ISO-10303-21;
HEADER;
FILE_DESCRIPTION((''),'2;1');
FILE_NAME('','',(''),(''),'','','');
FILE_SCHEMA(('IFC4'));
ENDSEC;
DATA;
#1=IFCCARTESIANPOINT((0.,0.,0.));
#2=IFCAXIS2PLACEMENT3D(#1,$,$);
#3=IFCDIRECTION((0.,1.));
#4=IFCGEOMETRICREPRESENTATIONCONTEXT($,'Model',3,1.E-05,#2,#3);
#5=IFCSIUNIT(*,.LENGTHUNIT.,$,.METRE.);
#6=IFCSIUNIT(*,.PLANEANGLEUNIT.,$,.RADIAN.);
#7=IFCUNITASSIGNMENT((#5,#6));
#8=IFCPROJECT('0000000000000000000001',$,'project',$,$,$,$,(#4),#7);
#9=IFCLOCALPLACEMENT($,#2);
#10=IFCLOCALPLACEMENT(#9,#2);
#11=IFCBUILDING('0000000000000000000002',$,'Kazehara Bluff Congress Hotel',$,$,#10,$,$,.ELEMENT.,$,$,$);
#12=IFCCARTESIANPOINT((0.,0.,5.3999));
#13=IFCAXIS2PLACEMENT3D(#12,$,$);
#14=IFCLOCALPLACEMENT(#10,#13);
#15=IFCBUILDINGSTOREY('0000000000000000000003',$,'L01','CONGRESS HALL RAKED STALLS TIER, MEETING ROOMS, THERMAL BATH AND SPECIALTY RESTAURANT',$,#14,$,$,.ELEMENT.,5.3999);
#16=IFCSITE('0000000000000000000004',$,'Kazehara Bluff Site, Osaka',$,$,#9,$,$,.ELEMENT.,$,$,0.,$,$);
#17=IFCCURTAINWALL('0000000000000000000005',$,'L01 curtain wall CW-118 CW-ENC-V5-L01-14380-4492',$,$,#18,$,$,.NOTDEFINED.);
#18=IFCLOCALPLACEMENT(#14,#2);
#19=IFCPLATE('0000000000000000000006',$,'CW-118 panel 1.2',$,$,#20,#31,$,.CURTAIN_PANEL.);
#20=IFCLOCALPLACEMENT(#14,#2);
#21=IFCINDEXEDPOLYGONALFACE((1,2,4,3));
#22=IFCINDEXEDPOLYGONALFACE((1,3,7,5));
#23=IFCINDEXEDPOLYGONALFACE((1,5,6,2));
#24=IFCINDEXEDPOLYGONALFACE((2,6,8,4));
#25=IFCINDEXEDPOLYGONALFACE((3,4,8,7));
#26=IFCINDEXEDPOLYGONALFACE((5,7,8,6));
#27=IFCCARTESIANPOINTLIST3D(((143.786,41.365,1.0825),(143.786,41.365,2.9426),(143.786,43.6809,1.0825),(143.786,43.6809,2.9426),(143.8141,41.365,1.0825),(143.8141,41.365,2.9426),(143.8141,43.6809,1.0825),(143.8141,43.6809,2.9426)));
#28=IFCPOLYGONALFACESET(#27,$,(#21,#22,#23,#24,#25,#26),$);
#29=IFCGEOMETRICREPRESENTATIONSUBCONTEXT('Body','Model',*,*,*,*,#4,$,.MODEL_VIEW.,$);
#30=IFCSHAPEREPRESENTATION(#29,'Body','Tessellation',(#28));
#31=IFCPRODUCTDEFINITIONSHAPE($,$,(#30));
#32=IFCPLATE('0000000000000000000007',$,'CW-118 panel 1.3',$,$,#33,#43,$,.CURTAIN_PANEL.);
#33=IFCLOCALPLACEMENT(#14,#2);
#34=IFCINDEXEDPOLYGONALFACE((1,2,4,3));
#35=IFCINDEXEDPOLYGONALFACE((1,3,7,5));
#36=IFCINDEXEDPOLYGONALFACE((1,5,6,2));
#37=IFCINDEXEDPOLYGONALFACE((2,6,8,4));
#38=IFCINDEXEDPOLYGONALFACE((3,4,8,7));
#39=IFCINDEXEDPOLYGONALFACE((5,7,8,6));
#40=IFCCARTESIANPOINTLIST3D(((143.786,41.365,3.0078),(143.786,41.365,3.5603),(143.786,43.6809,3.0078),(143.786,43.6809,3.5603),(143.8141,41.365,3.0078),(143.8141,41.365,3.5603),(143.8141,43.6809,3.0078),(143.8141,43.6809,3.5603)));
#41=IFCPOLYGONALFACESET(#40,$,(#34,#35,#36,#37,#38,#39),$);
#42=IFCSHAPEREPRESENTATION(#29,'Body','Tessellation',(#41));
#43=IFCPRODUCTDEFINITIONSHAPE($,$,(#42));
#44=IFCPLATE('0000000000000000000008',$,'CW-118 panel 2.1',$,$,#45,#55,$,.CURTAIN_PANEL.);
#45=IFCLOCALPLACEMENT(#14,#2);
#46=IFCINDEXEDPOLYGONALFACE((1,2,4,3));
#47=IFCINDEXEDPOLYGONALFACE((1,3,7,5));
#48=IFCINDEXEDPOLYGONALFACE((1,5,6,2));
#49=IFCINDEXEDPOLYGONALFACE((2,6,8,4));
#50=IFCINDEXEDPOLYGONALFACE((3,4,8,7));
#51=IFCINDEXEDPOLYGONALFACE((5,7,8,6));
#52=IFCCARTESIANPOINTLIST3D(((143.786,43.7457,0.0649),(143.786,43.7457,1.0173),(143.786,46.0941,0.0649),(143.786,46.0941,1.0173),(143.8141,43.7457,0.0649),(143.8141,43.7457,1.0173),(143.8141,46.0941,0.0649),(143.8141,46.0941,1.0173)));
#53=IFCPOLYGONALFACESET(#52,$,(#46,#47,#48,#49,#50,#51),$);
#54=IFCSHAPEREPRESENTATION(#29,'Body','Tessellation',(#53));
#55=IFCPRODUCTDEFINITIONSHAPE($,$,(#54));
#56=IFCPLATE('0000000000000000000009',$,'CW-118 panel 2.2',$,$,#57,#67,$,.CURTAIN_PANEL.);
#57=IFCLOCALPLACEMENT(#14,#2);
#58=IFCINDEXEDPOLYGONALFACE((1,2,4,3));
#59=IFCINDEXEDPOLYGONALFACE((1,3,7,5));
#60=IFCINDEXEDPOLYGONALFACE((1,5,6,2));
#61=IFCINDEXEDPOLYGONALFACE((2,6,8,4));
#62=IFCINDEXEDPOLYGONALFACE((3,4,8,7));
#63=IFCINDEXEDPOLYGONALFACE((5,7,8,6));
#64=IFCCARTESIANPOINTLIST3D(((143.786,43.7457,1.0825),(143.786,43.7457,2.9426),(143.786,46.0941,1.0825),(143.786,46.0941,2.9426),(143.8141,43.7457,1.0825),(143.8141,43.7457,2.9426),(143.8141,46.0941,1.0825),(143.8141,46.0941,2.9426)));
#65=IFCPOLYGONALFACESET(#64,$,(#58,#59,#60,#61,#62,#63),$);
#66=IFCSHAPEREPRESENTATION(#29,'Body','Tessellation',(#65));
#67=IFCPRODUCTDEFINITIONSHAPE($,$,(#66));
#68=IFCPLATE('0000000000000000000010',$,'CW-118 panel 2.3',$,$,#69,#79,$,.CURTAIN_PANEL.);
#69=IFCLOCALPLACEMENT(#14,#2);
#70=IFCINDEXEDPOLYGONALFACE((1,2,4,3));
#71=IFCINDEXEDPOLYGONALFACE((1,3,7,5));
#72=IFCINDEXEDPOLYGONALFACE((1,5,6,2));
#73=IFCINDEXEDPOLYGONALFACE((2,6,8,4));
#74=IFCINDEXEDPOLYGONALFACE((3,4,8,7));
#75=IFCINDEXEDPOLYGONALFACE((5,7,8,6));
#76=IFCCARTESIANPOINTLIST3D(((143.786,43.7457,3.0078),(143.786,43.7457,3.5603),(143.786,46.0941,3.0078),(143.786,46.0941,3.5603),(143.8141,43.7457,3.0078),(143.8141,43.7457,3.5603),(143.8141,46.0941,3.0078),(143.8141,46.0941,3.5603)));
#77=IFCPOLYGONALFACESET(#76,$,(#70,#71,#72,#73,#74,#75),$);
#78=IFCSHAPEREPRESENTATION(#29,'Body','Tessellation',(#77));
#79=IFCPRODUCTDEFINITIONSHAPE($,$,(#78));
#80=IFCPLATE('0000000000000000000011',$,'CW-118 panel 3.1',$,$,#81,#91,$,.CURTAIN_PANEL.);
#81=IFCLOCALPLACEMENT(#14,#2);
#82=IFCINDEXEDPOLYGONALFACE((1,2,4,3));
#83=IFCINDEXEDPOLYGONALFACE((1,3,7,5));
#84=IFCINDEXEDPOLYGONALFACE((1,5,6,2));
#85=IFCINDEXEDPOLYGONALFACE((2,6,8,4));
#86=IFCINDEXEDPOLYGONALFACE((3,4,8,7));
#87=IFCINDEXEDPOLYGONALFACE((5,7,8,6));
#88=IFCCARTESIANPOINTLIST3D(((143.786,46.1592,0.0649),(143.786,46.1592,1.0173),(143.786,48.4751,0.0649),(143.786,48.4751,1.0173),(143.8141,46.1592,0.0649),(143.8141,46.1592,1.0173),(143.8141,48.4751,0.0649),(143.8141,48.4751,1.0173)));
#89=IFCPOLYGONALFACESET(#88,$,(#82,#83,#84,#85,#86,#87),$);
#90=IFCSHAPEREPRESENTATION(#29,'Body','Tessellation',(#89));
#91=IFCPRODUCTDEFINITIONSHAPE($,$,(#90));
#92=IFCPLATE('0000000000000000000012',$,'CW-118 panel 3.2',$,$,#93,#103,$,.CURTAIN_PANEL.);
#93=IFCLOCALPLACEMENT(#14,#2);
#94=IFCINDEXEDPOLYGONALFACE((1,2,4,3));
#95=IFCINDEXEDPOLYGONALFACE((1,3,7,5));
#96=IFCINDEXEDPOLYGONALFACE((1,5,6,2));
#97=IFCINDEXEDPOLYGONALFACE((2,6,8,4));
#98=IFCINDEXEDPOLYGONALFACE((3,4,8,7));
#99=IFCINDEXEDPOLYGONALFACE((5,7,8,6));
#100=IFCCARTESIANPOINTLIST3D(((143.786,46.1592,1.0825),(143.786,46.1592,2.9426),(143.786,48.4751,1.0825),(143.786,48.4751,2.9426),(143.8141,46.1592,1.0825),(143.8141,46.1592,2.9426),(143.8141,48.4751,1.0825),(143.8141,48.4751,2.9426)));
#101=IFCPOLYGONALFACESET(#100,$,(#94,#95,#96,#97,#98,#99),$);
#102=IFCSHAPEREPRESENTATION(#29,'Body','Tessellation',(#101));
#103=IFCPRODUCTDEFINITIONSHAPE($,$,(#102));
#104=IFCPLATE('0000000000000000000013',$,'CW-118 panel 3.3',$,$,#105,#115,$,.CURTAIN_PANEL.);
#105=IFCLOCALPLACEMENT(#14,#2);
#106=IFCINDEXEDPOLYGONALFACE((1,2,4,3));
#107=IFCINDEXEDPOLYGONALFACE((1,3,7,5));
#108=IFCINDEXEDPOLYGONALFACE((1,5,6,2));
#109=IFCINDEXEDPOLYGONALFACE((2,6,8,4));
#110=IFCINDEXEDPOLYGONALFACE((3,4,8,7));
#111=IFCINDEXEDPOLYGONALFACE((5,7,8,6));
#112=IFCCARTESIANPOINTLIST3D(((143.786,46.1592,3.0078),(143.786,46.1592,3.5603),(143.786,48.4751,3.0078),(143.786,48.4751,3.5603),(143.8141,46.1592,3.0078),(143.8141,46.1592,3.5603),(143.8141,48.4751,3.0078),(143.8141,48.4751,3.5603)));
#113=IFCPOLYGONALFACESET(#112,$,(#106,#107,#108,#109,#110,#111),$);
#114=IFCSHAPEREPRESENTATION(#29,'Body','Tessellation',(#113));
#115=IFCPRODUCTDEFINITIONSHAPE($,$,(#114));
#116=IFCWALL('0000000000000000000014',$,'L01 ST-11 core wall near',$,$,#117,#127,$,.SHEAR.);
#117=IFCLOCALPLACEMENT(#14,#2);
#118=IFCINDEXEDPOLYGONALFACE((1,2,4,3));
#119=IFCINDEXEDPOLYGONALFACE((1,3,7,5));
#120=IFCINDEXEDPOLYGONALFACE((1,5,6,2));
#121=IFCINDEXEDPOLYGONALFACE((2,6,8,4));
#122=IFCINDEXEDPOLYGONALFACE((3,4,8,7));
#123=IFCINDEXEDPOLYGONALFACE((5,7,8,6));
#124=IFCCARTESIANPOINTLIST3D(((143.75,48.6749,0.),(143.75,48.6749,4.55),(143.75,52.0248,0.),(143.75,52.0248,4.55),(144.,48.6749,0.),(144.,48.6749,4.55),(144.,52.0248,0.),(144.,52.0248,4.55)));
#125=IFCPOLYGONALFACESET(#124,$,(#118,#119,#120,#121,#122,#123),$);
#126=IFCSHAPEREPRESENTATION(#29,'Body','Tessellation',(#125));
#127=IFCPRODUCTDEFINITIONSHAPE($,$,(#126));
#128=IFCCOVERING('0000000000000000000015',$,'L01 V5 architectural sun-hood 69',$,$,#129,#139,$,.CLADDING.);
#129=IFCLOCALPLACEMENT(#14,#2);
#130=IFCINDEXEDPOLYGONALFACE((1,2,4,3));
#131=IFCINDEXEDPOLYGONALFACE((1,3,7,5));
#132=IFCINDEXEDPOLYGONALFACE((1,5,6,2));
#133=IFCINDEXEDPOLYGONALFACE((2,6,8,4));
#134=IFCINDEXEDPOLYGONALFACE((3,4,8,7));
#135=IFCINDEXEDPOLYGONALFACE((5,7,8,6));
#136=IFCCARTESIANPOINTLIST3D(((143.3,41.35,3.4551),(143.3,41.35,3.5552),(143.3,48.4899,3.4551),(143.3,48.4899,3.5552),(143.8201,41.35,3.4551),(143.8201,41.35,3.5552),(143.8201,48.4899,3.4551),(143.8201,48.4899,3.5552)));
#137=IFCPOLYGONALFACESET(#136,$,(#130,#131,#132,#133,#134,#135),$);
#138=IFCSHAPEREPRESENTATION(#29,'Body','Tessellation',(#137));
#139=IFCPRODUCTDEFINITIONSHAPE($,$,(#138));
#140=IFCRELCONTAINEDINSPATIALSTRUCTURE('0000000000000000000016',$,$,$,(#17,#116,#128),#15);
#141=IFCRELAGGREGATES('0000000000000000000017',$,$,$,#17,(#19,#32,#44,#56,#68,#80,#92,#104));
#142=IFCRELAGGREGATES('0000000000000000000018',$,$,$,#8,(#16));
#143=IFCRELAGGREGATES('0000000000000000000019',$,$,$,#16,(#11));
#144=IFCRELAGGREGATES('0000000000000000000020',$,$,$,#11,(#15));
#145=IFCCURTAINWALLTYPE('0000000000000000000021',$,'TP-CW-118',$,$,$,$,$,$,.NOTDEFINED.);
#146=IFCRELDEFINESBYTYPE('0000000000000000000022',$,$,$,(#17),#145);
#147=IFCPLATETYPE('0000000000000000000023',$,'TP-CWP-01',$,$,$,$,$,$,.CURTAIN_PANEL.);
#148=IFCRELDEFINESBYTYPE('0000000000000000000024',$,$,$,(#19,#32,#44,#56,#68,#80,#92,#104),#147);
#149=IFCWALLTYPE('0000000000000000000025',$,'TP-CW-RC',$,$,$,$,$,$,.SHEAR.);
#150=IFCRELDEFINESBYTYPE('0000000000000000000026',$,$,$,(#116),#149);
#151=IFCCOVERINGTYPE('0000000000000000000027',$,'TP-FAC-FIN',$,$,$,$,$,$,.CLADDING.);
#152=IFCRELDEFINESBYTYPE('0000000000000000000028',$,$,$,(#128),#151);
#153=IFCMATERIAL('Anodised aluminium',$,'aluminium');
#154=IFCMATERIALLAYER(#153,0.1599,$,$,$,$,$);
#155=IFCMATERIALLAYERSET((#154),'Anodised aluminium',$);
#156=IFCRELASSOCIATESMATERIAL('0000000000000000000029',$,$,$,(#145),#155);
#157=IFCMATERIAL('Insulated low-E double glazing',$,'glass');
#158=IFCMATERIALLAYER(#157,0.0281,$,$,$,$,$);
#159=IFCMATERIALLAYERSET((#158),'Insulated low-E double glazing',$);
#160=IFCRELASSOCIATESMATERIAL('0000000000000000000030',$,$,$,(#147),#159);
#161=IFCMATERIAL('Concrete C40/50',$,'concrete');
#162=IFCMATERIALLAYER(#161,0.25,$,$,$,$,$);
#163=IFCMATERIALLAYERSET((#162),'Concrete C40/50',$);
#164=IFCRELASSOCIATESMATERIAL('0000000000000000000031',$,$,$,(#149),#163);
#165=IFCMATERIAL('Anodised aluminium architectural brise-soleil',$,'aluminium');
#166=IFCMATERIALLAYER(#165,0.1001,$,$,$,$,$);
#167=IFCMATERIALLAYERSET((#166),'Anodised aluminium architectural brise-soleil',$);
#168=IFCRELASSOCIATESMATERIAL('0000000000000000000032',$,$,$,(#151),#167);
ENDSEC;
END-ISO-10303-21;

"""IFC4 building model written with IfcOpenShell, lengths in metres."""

from ifc_helpers import new_model, si_unit, direction, frame, frame_2d, origin, origin_2d, place, context, subcontext, project, spatial, rectangle, extrude, material, layer, layer_set, type_object, element, aggregate, save


model = new_model("IFC4")

# Units and contexts
model_context = context("Model", 3, precision=1e-05, world=origin(), true_north=direction((0.0, 1.0)))
body_context = subcontext(model_context, "Body", "Model", "MODEL_VIEW")
ifc_project = project(units=[si_unit("LENGTHUNIT", "METRE"), si_unit("PLANEANGLEUNIT", "RADIAN")], contexts=[model_context])

# Site, building, storey
site_placement = place(None, origin())
site = spatial("IfcSite", under=ifc_project, at=site_placement, Name="Kazehara Bluff Site, Osaka", CompositionType="ELEMENT", RefElevation=0.0)
building_placement = place(site_placement, origin())
building = spatial("IfcBuilding", under=site, at=building_placement, Name="Kazehara Bluff Congress Hotel", CompositionType="ELEMENT")
storey_placement = place(building_placement, frame((0.0, 0.0, 5.3999)))
storey = spatial("IfcBuildingStorey", under=building, at=storey_placement, Name="L01", Description="CONGRESS HALL RAKED STALLS TIER, MEETING ROOMS, THERMAL BATH AND SPECIALTY RESTAURANT", CompositionType="ELEMENT", Elevation=5.3999)

# Curtain wall
ifc_material_1 = material(Name="Anodised aluminium", Category="aluminium")
ifc_layer_1 = layer(ifc_material_1, 0.1599)
ifc_layer_set_1 = layer_set([ifc_layer_1], Name="Anodised aluminium")
curtain_wall_type = type_object("IfcCurtainWallType", Name="TP-CW-118", PredefinedType="NOTDEFINED", material=ifc_layer_set_1)
curtain_wall_placement = place(storey_placement, origin())
curtain_wall = element("IfcCurtainWall", 1, at=curtain_wall_placement, inside=storey, type_object=curtain_wall_type, Name="L01 curtain wall CW-118 CW-ENC-V5-L01-14380-4492", PredefinedType="NOTDEFINED")

# Plates
ifc_material_2 = material(Name="Insulated low-E double glazing", Category="glass")
ifc_layer_2 = layer(ifc_material_2, 0.0281)
ifc_layer_set_2 = layer_set([ifc_layer_2], Name="Insulated low-E double glazing")
plate_type = type_object("IfcPlateType", Name="TP-CWP-01", PredefinedType="CURTAIN_PANEL", material=ifc_layer_set_2)
plate_1_placement = place(storey_placement, frame((143.8, 42.5229, 1.0825), z_axis=(0.0, 0.0, 1.0), x_axis=(0.0, 1.0, 0.0)))
plate_1 = element("IfcPlate", 2, at=plate_1_placement, type_object=plate_type, Name="CW-118 panel 1.2", PredefinedType="CURTAIN_PANEL", context=body_context, shape_type="SweptSolid", body=[
    extrude(rectangle(XDim=2.3159, YDim=0.0281, at=origin_2d()), origin(), (0.0, 0.0, 1.0), 1.8601),
])
plate_2_placement = place(storey_placement, frame((143.8, 42.5229, 3.0078), z_axis=(0.0, 0.0, 1.0), x_axis=(0.0, 1.0, 0.0)))
plate_2 = element("IfcPlate", 3, at=plate_2_placement, type_object=plate_type, Name="CW-118 panel 1.3", PredefinedType="CURTAIN_PANEL", context=body_context, shape_type="SweptSolid", body=[
    extrude(rectangle(XDim=2.3159, YDim=0.0281, at=origin_2d()), origin(), (0.0, 0.0, 1.0), 0.5525),
])
plate_3_placement = place(storey_placement, frame((143.8, 44.9199, 0.0649), z_axis=(0.0, 0.0, 1.0), x_axis=(0.0, 1.0, 0.0)))
plate_3 = element("IfcPlate", 4, at=plate_3_placement, type_object=plate_type, Name="CW-118 panel 2.1", PredefinedType="CURTAIN_PANEL", context=body_context, shape_type="SweptSolid", body=[
    extrude(rectangle(XDim=2.3484, YDim=0.0281, at=origin_2d()), origin(), (0.0, 0.0, 1.0), 0.9524),
])
plate_4_placement = place(storey_placement, frame((143.8, 44.9199, 1.0825), z_axis=(0.0, 0.0, 1.0), x_axis=(0.0, 1.0, 0.0)))
plate_4 = element("IfcPlate", 5, at=plate_4_placement, type_object=plate_type, Name="CW-118 panel 2.2", PredefinedType="CURTAIN_PANEL", context=body_context, shape_type="SweptSolid", body=[
    extrude(rectangle(XDim=2.3484, YDim=0.0281, at=origin_2d()), origin(), (0.0, 0.0, 1.0), 1.8601),
])
plate_5_placement = place(storey_placement, frame((143.8, 44.9199, 3.0078), z_axis=(0.0, 0.0, 1.0), x_axis=(0.0, 1.0, 0.0)))
plate_5 = element("IfcPlate", 6, at=plate_5_placement, type_object=plate_type, Name="CW-118 panel 2.3", PredefinedType="CURTAIN_PANEL", context=body_context, shape_type="SweptSolid", body=[
    extrude(rectangle(XDim=2.3484, YDim=0.0281, at=origin_2d()), origin(), (0.0, 0.0, 1.0), 0.5525),
])
plate_6_placement = place(storey_placement, frame((143.8, 47.3171, 0.0649), z_axis=(0.0, 0.0, 1.0), x_axis=(0.0, 1.0, 0.0)))
plate_6 = element("IfcPlate", 7, at=plate_6_placement, type_object=plate_type, Name="CW-118 panel 3.1", PredefinedType="CURTAIN_PANEL", context=body_context, shape_type="SweptSolid", body=[
    extrude(rectangle(XDim=2.3159, YDim=0.0281, at=origin_2d()), origin(), (0.0, 0.0, 1.0), 0.9524),
])
plate_7_placement = place(storey_placement, frame((143.8, 47.3171, 1.0825), z_axis=(0.0, 0.0, 1.0), x_axis=(0.0, 1.0, 0.0)))
plate_7 = element("IfcPlate", 8, at=plate_7_placement, type_object=plate_type, Name="CW-118 panel 3.2", PredefinedType="CURTAIN_PANEL", context=body_context, shape_type="SweptSolid", body=[
    extrude(rectangle(XDim=2.3159, YDim=0.0281, at=origin_2d()), origin(), (0.0, 0.0, 1.0), 1.8601),
])
plate_8_placement = place(storey_placement, frame((143.8, 47.3171, 3.0078), z_axis=(0.0, 0.0, 1.0), x_axis=(0.0, 1.0, 0.0)))
plate_8 = element("IfcPlate", 9, at=plate_8_placement, type_object=plate_type, Name="CW-118 panel 3.3", PredefinedType="CURTAIN_PANEL", context=body_context, shape_type="SweptSolid", body=[
    extrude(rectangle(XDim=2.3159, YDim=0.0281, at=origin_2d()), origin(), (0.0, 0.0, 1.0), 0.5525),
])
aggregate(curtain_wall, [plate_1, plate_2, plate_3, plate_4, plate_5, plate_6, plate_7, plate_8])

# Wall
ifc_material_3 = material(Name="Concrete C40/50", Category="concrete")
ifc_layer_3 = layer(ifc_material_3, 0.25)
ifc_layer_set_3 = layer_set([ifc_layer_3], Name="Concrete C40/50")
wall_type = type_object("IfcWallType", Name="TP-CW-RC", PredefinedType="SHEAR", material=ifc_layer_set_3)
wall_placement = place(storey_placement, frame((143.875, 48.675, 0.0), z_axis=(0.0, 0.0, 1.0), x_axis=(0.0, 1.0, 0.0)))
element("IfcWall", 10, at=wall_placement, inside=storey, type_object=wall_type, Name="L01 ST-11 core wall near", PredefinedType="SHEAR", context=body_context, shape_type="SweptSolid", body=[
    extrude(rectangle(XDim=3.3499, YDim=0.25, at=frame_2d((1.6748, 0.0))), origin(), (0.0, 0.0, 1.0), 4.55),
])

# Covering
ifc_material_4 = material(Name="Anodised aluminium architectural brise-soleil", Category="aluminium")
ifc_layer_4 = layer(ifc_material_4, 0.1001)
ifc_layer_set_4 = layer_set([ifc_layer_4], Name="Anodised aluminium architectural brise-soleil")
covering_type = type_object("IfcCoveringType", Name="TP-FAC-FIN", PredefinedType="CLADDING", material=ifc_layer_set_4)
covering_placement = place(storey_placement, frame((143.5601, 44.9199, 3.4551), z_axis=(0.0, 0.0, 1.0), x_axis=(1.0, 0.0, 0.0)))
element("IfcCovering", 11, at=covering_placement, inside=storey, type_object=covering_type, Name="L01 V5 architectural sun-hood 69", PredefinedType="CLADDING", context=body_context, shape_type="SweptSolid", body=[
    extrude(rectangle(XDim=0.52, YDim=7.1399, at=origin_2d()), origin(), (0.0, 0.0, 1.0), 0.1001),
])

save(model, "model.ifc")
